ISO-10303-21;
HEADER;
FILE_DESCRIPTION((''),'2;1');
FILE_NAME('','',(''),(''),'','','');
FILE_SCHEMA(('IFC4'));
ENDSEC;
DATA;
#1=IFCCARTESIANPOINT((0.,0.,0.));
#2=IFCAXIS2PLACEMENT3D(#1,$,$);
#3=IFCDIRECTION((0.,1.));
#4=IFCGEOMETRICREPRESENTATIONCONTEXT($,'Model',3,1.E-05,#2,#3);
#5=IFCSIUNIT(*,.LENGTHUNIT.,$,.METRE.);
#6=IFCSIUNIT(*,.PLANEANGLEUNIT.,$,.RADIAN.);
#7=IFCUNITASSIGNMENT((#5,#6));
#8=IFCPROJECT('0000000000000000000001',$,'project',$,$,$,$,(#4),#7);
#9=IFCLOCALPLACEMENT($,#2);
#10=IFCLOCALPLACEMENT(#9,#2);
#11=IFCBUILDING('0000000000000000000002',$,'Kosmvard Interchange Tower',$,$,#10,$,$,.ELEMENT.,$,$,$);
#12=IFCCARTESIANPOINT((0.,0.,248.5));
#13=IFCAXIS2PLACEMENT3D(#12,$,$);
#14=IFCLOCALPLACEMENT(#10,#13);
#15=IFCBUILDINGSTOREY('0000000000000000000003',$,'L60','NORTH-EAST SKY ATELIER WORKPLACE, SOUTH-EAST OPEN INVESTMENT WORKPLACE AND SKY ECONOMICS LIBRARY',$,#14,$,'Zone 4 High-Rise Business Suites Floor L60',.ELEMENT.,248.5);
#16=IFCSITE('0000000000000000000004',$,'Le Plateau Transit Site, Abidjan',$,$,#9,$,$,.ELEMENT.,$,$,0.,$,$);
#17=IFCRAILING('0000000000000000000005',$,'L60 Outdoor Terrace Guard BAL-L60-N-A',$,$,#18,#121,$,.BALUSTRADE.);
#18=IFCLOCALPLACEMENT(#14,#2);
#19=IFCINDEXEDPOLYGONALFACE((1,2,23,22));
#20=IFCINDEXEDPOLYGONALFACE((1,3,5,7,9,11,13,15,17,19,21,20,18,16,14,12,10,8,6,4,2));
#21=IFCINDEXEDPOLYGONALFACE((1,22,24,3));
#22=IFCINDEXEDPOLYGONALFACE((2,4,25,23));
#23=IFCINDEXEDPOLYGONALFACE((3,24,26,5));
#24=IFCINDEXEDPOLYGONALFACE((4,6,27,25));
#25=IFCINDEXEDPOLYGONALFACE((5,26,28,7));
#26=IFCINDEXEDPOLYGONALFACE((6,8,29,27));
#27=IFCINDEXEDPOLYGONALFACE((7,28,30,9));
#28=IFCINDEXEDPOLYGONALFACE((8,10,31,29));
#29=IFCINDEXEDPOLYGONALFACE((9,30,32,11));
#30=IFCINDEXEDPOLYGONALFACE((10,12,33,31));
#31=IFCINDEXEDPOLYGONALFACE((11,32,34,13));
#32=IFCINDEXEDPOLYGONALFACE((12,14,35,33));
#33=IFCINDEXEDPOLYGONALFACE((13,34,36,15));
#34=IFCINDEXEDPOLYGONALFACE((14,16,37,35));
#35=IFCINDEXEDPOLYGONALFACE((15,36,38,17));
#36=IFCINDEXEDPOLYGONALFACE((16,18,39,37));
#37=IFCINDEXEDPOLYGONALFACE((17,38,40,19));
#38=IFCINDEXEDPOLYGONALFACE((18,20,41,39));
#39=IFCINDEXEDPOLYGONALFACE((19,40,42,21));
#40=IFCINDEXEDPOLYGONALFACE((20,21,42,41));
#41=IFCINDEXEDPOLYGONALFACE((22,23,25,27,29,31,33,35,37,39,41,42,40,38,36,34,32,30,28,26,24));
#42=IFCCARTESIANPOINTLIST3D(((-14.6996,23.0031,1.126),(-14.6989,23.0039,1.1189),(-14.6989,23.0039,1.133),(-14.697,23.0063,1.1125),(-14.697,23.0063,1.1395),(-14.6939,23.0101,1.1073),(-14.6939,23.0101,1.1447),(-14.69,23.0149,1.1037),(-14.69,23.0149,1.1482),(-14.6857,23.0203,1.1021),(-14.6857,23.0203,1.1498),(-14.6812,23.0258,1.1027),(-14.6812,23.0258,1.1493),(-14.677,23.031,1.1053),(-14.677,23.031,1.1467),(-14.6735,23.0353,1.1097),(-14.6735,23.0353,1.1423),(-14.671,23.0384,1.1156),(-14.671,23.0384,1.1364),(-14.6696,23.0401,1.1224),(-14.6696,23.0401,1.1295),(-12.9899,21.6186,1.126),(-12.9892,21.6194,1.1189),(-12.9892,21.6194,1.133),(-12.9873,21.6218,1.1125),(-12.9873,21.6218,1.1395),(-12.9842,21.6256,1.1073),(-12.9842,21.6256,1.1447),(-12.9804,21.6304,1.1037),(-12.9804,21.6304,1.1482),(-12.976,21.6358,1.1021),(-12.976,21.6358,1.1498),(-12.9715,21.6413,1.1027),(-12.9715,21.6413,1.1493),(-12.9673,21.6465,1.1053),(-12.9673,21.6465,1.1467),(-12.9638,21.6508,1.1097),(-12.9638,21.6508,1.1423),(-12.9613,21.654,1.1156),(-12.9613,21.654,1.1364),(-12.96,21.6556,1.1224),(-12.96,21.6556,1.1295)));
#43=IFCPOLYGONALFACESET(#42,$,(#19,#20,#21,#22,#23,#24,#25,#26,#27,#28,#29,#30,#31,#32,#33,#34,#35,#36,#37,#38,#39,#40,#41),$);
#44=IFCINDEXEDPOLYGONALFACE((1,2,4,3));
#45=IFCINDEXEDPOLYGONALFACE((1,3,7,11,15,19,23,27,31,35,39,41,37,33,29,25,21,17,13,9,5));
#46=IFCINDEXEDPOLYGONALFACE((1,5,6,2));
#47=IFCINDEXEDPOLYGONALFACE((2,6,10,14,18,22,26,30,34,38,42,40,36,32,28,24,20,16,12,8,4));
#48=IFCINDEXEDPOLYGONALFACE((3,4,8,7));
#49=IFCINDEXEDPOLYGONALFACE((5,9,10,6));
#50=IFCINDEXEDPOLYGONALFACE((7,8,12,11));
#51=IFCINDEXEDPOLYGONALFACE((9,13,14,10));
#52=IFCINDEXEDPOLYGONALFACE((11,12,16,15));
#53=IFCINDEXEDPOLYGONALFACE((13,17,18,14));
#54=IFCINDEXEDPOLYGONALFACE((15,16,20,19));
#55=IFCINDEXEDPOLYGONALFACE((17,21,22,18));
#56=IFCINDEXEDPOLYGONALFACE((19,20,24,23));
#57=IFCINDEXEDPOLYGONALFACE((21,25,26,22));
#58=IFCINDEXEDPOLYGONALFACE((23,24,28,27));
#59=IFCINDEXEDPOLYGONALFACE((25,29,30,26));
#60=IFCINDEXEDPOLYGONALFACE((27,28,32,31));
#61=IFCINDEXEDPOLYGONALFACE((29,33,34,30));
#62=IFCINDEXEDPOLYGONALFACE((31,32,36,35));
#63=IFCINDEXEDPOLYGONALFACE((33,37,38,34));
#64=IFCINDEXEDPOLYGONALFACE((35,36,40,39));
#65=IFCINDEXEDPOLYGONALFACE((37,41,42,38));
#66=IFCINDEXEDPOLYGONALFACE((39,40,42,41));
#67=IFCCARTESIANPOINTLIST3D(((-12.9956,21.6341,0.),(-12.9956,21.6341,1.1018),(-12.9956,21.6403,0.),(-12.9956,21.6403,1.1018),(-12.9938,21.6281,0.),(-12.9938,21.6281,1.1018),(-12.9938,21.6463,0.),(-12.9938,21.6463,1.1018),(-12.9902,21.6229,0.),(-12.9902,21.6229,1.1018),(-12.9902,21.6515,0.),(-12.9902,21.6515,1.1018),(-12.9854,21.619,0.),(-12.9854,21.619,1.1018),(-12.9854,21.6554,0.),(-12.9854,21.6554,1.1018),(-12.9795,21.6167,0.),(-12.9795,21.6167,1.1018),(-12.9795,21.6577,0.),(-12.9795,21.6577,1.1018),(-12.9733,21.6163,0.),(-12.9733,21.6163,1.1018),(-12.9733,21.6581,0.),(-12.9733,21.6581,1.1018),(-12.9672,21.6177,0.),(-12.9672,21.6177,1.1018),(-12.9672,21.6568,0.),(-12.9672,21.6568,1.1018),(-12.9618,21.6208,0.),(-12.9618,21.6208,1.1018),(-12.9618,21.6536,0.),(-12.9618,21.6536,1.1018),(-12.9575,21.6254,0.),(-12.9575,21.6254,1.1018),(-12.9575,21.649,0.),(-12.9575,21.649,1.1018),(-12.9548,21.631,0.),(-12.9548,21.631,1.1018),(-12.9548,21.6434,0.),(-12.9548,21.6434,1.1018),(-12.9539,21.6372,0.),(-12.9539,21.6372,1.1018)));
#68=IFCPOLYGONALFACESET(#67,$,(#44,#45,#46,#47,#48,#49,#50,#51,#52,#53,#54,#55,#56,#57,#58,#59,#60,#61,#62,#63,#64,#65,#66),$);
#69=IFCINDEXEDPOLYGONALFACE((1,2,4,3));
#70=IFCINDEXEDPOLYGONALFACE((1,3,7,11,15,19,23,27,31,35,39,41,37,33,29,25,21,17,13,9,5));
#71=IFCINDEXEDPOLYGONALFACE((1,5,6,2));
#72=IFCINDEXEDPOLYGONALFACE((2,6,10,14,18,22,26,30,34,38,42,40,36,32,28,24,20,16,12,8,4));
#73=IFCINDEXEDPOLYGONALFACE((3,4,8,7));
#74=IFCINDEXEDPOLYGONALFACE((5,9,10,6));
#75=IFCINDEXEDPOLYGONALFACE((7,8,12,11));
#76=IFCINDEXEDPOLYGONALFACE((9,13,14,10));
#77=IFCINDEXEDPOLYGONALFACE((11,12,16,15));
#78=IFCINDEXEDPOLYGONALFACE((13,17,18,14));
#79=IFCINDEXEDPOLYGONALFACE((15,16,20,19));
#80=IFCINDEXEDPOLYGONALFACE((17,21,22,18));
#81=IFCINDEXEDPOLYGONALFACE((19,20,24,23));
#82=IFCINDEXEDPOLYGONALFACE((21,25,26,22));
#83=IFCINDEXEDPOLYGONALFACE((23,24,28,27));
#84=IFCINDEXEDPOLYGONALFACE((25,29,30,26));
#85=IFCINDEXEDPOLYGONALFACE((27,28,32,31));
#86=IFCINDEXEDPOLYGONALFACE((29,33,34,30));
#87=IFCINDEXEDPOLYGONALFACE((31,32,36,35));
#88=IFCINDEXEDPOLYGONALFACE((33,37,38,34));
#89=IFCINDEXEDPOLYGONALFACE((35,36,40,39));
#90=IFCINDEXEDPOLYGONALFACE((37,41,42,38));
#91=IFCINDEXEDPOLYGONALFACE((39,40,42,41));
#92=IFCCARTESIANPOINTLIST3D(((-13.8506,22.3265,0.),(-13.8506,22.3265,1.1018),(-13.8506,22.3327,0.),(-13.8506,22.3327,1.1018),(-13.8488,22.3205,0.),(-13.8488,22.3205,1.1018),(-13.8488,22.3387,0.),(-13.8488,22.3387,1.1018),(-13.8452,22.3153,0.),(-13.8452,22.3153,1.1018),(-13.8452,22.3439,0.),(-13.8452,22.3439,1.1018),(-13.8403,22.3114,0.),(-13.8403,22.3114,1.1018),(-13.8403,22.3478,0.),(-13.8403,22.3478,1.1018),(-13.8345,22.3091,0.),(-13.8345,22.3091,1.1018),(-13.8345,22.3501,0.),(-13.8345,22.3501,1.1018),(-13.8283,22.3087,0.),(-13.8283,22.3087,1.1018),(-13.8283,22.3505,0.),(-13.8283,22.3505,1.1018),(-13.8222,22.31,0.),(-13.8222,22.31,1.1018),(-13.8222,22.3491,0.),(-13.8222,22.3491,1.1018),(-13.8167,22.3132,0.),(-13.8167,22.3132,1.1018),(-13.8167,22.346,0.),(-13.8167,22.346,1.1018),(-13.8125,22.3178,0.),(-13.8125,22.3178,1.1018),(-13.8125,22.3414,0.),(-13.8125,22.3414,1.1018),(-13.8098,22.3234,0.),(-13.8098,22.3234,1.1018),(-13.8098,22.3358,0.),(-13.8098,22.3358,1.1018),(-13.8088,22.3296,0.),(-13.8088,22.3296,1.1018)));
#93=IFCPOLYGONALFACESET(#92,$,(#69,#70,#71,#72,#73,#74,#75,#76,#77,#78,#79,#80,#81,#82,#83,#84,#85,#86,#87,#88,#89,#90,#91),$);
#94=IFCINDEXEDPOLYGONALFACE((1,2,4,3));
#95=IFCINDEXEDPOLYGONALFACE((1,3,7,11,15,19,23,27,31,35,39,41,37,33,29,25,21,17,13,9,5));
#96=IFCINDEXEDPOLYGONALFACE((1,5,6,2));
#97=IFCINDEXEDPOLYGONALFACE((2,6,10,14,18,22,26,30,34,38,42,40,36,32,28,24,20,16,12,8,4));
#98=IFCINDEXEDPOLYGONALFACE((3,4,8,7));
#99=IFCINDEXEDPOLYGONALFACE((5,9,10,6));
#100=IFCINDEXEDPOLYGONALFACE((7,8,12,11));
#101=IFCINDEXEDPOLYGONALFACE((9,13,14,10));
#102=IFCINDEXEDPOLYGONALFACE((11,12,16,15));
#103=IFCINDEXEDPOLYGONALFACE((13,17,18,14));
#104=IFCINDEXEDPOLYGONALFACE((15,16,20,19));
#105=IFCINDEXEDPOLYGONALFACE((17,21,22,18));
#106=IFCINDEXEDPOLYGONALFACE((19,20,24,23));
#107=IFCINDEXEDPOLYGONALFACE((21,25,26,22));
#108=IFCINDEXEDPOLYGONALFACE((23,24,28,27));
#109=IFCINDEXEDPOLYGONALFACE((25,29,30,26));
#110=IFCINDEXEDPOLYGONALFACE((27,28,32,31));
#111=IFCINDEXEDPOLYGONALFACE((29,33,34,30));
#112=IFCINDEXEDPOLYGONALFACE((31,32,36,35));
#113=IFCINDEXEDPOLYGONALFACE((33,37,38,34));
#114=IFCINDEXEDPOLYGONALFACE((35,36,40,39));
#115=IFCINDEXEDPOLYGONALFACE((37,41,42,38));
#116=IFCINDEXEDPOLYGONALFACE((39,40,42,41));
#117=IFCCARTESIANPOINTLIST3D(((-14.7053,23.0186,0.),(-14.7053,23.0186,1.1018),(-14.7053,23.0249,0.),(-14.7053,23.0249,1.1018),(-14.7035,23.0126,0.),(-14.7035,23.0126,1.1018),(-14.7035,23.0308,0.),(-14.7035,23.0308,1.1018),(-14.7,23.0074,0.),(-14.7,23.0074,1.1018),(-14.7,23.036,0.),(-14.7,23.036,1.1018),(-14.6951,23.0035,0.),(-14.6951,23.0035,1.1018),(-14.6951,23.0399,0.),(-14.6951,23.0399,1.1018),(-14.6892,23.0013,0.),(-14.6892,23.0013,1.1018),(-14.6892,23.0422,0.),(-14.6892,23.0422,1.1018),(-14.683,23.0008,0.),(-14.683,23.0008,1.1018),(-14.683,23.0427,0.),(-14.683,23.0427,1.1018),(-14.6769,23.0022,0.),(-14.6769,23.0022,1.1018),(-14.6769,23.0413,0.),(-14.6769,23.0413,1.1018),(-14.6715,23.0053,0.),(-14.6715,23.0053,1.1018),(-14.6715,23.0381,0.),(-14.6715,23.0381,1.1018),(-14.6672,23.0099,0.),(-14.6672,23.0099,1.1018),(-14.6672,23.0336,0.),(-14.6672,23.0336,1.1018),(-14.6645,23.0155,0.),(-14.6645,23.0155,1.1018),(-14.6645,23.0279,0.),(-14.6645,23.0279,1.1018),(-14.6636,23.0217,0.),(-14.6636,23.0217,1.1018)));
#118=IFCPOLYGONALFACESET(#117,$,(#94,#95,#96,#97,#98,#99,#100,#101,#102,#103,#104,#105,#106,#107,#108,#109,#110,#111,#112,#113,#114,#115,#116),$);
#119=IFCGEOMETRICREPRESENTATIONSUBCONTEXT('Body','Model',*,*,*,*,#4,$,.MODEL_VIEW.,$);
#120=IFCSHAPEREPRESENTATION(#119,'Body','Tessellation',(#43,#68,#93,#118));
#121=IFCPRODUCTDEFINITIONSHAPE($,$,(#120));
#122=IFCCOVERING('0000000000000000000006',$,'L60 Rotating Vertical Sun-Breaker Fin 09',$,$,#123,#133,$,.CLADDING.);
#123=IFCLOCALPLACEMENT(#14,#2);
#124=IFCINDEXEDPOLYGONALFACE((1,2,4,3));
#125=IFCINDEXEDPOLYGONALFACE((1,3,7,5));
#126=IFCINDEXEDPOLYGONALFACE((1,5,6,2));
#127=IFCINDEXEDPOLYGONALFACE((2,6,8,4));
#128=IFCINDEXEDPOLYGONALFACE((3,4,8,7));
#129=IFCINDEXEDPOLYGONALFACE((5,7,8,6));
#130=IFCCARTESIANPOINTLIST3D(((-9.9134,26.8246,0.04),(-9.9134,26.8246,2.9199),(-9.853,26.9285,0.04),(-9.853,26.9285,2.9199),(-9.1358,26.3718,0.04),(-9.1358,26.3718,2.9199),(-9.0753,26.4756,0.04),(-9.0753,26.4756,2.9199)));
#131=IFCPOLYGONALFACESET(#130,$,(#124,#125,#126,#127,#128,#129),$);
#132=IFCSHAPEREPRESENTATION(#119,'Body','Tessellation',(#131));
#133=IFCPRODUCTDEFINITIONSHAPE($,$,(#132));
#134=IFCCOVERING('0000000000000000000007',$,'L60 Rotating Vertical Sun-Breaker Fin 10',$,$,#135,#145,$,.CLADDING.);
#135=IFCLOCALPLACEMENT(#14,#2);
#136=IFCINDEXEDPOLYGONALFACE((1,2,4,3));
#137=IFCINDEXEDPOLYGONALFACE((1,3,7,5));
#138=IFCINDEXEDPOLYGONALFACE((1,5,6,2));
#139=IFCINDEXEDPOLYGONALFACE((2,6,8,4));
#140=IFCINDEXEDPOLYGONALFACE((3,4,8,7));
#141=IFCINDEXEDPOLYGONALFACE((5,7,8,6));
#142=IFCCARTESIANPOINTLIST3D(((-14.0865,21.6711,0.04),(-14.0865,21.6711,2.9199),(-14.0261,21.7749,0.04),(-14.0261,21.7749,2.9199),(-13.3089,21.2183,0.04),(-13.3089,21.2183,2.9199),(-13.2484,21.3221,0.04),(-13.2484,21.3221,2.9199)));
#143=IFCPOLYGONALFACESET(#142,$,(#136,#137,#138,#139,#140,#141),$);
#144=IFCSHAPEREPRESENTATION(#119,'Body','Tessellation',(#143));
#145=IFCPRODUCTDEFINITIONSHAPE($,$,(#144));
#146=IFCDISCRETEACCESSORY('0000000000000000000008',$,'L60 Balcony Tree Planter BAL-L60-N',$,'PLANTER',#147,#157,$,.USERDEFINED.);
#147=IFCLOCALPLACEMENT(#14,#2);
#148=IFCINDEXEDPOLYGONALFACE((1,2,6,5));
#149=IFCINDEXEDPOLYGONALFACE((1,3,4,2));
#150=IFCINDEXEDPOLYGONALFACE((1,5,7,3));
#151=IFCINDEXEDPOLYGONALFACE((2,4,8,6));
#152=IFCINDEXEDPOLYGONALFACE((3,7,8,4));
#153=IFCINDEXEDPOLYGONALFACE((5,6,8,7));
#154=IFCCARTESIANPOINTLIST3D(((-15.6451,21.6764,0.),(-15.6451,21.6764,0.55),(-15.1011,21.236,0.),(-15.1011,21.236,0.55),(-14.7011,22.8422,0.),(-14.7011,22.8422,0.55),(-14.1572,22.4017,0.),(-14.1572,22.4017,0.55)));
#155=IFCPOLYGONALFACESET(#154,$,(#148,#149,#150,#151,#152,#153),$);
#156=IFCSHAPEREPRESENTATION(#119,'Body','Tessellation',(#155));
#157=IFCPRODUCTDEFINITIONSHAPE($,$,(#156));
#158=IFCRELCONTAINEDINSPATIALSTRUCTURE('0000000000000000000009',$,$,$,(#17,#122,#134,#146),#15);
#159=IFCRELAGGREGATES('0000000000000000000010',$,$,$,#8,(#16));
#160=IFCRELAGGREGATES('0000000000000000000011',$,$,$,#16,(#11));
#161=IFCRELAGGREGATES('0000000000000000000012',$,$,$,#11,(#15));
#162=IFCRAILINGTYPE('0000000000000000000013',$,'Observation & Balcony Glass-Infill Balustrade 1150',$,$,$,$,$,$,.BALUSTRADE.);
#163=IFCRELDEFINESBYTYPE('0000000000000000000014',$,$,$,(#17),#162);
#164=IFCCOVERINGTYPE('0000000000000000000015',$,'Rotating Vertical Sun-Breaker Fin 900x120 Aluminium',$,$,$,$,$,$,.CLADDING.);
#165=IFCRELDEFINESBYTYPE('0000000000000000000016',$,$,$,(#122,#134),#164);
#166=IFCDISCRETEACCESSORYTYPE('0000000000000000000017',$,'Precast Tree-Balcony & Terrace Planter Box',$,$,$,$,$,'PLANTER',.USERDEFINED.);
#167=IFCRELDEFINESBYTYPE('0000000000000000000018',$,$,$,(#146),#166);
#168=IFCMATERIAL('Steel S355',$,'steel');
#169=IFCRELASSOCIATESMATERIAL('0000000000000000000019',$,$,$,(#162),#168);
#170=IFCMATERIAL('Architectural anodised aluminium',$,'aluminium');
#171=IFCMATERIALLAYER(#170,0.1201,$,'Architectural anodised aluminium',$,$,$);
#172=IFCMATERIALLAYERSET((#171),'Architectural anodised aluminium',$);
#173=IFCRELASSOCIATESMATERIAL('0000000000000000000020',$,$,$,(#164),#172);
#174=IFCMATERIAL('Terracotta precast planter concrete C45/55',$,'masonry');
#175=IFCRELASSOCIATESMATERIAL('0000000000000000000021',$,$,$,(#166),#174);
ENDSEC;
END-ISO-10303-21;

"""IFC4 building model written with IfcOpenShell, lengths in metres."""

from ifc_helpers import new_model, si_unit, direction, frame, origin, origin_2d, place, context, subcontext, project, spatial, rectangle, circle, extrude, source, transform, mapped, material, layer, layer_set, type_object, element, save


model = new_model("IFC4")

# Units and contexts
model_context = context("Model", 3, precision=1e-05, world=origin(), true_north=direction((0.0, 1.0)))
body_context = subcontext(model_context, "Body", "Model", "MODEL_VIEW")
ifc_project = project(units=[si_unit("LENGTHUNIT", "METRE"), si_unit("PLANEANGLEUNIT", "RADIAN")], contexts=[model_context])

# Site, building, storey
site_placement = place(None, origin())
site = spatial("IfcSite", under=ifc_project, at=site_placement, Name="Le Plateau Transit Site, Abidjan", CompositionType="ELEMENT", RefElevation=0.0)
building_placement = place(site_placement, origin())
building = spatial("IfcBuilding", under=site, at=building_placement, Name="Kosmvard Interchange Tower", CompositionType="ELEMENT")
storey_placement = place(building_placement, frame((0.0, 0.0, 248.5)))
storey = spatial("IfcBuildingStorey", under=building, at=storey_placement, Name="L60", Description="NORTH-EAST SKY ATELIER WORKPLACE, SOUTH-EAST OPEN INVESTMENT WORKPLACE AND SKY ECONOMICS LIBRARY", LongName="Zone 4 High-Rise Business Suites Floor L60", CompositionType="ELEMENT", Elevation=248.5)

# Shared definitions
ifc_material_1 = material(Name="Steel S355", Category="steel")

# Railing
railing_type = type_object("IfcRailingType", Name="Observation & Balcony Glass-Infill Balustrade 1150", PredefinedType="BALUSTRADE", material=ifc_material_1)
shared_shape_1 = source(origin(), body_context, "Body", "SweptSolid", [
    extrude(circle(Radius=0.0239, at=origin_2d()), frame((0.0, 0.0, 1.126), z_axis=(-0.777141, 0.629326, 0.0), x_axis=(-0.629326, -0.777141, 0.0)), (0.0, 0.0, 1.0), 2.2),
    extrude(circle(Radius=0.021, at=origin_2d()), origin(), (0.0, 0.0, 1.0), 1.1018),
    extrude(circle(Radius=0.021, at=origin_2d()), frame((-0.855, 0.6924, 0.0)), (0.0, 0.0, 1.0), 1.1018),
    extrude(circle(Radius=0.021, at=origin_2d()), frame((-1.7097, 1.3845, 0.0)), (0.0, 0.0, 1.0), 1.1018),
])
railing_1_placement = place(storey_placement, frame((-12.9749, 21.6372, 0.0)))
element("IfcRailing", 1, at=railing_1_placement, inside=storey, type_object=railing_type, Name="L60 Outdoor Terrace Guard BAL-L60-N-A", PredefinedType="BALUSTRADE", context=body_context, shape_type="MappedRepresentation", body=[
    mapped(shared_shape_1, transform((0.0, 0.0, 0.0), scale=1.0)),
])

# Coverings
ifc_material_2 = material(Name="Architectural anodised aluminium", Category="aluminium")
ifc_layer_1 = layer(ifc_material_2, 0.1201, Name="Architectural anodised aluminium")
ifc_layer_set_1 = layer_set([ifc_layer_1], Name="Architectural anodised aluminium")
covering_type = type_object("IfcCoveringType", Name="Rotating Vertical Sun-Breaker Fin 900x120 Aluminium", PredefinedType="CLADDING", material=ifc_layer_set_1)
shared_shape_2 = source(origin(), body_context, "Body", "SweptSolid", [
    extrude(rectangle(XDim=0.8999, YDim=0.1201, at=origin_2d()), origin(), (0.0, 0.0, 1.0), 2.8799),
])
for number, where, z_axis, x_axis, name in (
    (2, (-9.4944, 26.6501, 0.04), (0.0, 0.0, 1.0), (-0.864187, 0.503171, 0.0), "L60 Rotating Vertical Sun-Breaker Fin 09"),
    (3, (-13.6675, 21.4966, 0.04), (0.0, 0.0, 1.0), (-0.864187, 0.503171, 0.0), "L60 Rotating Vertical Sun-Breaker Fin 10"),
):
    element("IfcCovering", number, at=place(storey_placement, frame(where, z_axis=z_axis, x_axis=x_axis)), inside=storey, type_object=covering_type, Name=name, PredefinedType="CLADDING", context=body_context, shape_type="MappedRepresentation", body=[
        mapped(shared_shape_2, transform((0.0, 0.0, 0.0), scale=1.0)),
    ])

# Discrete accessory
ifc_material_3 = material(Name="Terracotta precast planter concrete C45/55", Category="masonry")
discrete_accessory_type = type_object("IfcDiscreteAccessoryType", Name="Precast Tree-Balcony & Terrace Planter Box", ElementType="PLANTER", PredefinedType="USERDEFINED", material=ifc_material_3)
shared_shape_3 = source(origin(), body_context, "Body", "SweptSolid", [
    extrude(rectangle(XDim=1.5, YDim=0.7, at=origin_2d()), origin(), (0.0, 0.0, 1.0), 0.55),
])
discrete_accessory_placement = place(storey_placement, frame((-14.9011, 22.0391, 0.0), z_axis=(0.0, 0.0, 1.0), x_axis=(0.62932, 0.777146, 0.0)))
element("IfcDiscreteAccessory", 4, at=discrete_accessory_placement, inside=storey, type_object=discrete_accessory_type, Name="L60 Balcony Tree Planter BAL-L60-N", ObjectType="PLANTER", PredefinedType="USERDEFINED", context=body_context, shape_type="MappedRepresentation", body=[
    mapped(shared_shape_3, transform((0.0, 0.0, 0.0), scale=1.0)),
])

save(model, "model.ifc")
